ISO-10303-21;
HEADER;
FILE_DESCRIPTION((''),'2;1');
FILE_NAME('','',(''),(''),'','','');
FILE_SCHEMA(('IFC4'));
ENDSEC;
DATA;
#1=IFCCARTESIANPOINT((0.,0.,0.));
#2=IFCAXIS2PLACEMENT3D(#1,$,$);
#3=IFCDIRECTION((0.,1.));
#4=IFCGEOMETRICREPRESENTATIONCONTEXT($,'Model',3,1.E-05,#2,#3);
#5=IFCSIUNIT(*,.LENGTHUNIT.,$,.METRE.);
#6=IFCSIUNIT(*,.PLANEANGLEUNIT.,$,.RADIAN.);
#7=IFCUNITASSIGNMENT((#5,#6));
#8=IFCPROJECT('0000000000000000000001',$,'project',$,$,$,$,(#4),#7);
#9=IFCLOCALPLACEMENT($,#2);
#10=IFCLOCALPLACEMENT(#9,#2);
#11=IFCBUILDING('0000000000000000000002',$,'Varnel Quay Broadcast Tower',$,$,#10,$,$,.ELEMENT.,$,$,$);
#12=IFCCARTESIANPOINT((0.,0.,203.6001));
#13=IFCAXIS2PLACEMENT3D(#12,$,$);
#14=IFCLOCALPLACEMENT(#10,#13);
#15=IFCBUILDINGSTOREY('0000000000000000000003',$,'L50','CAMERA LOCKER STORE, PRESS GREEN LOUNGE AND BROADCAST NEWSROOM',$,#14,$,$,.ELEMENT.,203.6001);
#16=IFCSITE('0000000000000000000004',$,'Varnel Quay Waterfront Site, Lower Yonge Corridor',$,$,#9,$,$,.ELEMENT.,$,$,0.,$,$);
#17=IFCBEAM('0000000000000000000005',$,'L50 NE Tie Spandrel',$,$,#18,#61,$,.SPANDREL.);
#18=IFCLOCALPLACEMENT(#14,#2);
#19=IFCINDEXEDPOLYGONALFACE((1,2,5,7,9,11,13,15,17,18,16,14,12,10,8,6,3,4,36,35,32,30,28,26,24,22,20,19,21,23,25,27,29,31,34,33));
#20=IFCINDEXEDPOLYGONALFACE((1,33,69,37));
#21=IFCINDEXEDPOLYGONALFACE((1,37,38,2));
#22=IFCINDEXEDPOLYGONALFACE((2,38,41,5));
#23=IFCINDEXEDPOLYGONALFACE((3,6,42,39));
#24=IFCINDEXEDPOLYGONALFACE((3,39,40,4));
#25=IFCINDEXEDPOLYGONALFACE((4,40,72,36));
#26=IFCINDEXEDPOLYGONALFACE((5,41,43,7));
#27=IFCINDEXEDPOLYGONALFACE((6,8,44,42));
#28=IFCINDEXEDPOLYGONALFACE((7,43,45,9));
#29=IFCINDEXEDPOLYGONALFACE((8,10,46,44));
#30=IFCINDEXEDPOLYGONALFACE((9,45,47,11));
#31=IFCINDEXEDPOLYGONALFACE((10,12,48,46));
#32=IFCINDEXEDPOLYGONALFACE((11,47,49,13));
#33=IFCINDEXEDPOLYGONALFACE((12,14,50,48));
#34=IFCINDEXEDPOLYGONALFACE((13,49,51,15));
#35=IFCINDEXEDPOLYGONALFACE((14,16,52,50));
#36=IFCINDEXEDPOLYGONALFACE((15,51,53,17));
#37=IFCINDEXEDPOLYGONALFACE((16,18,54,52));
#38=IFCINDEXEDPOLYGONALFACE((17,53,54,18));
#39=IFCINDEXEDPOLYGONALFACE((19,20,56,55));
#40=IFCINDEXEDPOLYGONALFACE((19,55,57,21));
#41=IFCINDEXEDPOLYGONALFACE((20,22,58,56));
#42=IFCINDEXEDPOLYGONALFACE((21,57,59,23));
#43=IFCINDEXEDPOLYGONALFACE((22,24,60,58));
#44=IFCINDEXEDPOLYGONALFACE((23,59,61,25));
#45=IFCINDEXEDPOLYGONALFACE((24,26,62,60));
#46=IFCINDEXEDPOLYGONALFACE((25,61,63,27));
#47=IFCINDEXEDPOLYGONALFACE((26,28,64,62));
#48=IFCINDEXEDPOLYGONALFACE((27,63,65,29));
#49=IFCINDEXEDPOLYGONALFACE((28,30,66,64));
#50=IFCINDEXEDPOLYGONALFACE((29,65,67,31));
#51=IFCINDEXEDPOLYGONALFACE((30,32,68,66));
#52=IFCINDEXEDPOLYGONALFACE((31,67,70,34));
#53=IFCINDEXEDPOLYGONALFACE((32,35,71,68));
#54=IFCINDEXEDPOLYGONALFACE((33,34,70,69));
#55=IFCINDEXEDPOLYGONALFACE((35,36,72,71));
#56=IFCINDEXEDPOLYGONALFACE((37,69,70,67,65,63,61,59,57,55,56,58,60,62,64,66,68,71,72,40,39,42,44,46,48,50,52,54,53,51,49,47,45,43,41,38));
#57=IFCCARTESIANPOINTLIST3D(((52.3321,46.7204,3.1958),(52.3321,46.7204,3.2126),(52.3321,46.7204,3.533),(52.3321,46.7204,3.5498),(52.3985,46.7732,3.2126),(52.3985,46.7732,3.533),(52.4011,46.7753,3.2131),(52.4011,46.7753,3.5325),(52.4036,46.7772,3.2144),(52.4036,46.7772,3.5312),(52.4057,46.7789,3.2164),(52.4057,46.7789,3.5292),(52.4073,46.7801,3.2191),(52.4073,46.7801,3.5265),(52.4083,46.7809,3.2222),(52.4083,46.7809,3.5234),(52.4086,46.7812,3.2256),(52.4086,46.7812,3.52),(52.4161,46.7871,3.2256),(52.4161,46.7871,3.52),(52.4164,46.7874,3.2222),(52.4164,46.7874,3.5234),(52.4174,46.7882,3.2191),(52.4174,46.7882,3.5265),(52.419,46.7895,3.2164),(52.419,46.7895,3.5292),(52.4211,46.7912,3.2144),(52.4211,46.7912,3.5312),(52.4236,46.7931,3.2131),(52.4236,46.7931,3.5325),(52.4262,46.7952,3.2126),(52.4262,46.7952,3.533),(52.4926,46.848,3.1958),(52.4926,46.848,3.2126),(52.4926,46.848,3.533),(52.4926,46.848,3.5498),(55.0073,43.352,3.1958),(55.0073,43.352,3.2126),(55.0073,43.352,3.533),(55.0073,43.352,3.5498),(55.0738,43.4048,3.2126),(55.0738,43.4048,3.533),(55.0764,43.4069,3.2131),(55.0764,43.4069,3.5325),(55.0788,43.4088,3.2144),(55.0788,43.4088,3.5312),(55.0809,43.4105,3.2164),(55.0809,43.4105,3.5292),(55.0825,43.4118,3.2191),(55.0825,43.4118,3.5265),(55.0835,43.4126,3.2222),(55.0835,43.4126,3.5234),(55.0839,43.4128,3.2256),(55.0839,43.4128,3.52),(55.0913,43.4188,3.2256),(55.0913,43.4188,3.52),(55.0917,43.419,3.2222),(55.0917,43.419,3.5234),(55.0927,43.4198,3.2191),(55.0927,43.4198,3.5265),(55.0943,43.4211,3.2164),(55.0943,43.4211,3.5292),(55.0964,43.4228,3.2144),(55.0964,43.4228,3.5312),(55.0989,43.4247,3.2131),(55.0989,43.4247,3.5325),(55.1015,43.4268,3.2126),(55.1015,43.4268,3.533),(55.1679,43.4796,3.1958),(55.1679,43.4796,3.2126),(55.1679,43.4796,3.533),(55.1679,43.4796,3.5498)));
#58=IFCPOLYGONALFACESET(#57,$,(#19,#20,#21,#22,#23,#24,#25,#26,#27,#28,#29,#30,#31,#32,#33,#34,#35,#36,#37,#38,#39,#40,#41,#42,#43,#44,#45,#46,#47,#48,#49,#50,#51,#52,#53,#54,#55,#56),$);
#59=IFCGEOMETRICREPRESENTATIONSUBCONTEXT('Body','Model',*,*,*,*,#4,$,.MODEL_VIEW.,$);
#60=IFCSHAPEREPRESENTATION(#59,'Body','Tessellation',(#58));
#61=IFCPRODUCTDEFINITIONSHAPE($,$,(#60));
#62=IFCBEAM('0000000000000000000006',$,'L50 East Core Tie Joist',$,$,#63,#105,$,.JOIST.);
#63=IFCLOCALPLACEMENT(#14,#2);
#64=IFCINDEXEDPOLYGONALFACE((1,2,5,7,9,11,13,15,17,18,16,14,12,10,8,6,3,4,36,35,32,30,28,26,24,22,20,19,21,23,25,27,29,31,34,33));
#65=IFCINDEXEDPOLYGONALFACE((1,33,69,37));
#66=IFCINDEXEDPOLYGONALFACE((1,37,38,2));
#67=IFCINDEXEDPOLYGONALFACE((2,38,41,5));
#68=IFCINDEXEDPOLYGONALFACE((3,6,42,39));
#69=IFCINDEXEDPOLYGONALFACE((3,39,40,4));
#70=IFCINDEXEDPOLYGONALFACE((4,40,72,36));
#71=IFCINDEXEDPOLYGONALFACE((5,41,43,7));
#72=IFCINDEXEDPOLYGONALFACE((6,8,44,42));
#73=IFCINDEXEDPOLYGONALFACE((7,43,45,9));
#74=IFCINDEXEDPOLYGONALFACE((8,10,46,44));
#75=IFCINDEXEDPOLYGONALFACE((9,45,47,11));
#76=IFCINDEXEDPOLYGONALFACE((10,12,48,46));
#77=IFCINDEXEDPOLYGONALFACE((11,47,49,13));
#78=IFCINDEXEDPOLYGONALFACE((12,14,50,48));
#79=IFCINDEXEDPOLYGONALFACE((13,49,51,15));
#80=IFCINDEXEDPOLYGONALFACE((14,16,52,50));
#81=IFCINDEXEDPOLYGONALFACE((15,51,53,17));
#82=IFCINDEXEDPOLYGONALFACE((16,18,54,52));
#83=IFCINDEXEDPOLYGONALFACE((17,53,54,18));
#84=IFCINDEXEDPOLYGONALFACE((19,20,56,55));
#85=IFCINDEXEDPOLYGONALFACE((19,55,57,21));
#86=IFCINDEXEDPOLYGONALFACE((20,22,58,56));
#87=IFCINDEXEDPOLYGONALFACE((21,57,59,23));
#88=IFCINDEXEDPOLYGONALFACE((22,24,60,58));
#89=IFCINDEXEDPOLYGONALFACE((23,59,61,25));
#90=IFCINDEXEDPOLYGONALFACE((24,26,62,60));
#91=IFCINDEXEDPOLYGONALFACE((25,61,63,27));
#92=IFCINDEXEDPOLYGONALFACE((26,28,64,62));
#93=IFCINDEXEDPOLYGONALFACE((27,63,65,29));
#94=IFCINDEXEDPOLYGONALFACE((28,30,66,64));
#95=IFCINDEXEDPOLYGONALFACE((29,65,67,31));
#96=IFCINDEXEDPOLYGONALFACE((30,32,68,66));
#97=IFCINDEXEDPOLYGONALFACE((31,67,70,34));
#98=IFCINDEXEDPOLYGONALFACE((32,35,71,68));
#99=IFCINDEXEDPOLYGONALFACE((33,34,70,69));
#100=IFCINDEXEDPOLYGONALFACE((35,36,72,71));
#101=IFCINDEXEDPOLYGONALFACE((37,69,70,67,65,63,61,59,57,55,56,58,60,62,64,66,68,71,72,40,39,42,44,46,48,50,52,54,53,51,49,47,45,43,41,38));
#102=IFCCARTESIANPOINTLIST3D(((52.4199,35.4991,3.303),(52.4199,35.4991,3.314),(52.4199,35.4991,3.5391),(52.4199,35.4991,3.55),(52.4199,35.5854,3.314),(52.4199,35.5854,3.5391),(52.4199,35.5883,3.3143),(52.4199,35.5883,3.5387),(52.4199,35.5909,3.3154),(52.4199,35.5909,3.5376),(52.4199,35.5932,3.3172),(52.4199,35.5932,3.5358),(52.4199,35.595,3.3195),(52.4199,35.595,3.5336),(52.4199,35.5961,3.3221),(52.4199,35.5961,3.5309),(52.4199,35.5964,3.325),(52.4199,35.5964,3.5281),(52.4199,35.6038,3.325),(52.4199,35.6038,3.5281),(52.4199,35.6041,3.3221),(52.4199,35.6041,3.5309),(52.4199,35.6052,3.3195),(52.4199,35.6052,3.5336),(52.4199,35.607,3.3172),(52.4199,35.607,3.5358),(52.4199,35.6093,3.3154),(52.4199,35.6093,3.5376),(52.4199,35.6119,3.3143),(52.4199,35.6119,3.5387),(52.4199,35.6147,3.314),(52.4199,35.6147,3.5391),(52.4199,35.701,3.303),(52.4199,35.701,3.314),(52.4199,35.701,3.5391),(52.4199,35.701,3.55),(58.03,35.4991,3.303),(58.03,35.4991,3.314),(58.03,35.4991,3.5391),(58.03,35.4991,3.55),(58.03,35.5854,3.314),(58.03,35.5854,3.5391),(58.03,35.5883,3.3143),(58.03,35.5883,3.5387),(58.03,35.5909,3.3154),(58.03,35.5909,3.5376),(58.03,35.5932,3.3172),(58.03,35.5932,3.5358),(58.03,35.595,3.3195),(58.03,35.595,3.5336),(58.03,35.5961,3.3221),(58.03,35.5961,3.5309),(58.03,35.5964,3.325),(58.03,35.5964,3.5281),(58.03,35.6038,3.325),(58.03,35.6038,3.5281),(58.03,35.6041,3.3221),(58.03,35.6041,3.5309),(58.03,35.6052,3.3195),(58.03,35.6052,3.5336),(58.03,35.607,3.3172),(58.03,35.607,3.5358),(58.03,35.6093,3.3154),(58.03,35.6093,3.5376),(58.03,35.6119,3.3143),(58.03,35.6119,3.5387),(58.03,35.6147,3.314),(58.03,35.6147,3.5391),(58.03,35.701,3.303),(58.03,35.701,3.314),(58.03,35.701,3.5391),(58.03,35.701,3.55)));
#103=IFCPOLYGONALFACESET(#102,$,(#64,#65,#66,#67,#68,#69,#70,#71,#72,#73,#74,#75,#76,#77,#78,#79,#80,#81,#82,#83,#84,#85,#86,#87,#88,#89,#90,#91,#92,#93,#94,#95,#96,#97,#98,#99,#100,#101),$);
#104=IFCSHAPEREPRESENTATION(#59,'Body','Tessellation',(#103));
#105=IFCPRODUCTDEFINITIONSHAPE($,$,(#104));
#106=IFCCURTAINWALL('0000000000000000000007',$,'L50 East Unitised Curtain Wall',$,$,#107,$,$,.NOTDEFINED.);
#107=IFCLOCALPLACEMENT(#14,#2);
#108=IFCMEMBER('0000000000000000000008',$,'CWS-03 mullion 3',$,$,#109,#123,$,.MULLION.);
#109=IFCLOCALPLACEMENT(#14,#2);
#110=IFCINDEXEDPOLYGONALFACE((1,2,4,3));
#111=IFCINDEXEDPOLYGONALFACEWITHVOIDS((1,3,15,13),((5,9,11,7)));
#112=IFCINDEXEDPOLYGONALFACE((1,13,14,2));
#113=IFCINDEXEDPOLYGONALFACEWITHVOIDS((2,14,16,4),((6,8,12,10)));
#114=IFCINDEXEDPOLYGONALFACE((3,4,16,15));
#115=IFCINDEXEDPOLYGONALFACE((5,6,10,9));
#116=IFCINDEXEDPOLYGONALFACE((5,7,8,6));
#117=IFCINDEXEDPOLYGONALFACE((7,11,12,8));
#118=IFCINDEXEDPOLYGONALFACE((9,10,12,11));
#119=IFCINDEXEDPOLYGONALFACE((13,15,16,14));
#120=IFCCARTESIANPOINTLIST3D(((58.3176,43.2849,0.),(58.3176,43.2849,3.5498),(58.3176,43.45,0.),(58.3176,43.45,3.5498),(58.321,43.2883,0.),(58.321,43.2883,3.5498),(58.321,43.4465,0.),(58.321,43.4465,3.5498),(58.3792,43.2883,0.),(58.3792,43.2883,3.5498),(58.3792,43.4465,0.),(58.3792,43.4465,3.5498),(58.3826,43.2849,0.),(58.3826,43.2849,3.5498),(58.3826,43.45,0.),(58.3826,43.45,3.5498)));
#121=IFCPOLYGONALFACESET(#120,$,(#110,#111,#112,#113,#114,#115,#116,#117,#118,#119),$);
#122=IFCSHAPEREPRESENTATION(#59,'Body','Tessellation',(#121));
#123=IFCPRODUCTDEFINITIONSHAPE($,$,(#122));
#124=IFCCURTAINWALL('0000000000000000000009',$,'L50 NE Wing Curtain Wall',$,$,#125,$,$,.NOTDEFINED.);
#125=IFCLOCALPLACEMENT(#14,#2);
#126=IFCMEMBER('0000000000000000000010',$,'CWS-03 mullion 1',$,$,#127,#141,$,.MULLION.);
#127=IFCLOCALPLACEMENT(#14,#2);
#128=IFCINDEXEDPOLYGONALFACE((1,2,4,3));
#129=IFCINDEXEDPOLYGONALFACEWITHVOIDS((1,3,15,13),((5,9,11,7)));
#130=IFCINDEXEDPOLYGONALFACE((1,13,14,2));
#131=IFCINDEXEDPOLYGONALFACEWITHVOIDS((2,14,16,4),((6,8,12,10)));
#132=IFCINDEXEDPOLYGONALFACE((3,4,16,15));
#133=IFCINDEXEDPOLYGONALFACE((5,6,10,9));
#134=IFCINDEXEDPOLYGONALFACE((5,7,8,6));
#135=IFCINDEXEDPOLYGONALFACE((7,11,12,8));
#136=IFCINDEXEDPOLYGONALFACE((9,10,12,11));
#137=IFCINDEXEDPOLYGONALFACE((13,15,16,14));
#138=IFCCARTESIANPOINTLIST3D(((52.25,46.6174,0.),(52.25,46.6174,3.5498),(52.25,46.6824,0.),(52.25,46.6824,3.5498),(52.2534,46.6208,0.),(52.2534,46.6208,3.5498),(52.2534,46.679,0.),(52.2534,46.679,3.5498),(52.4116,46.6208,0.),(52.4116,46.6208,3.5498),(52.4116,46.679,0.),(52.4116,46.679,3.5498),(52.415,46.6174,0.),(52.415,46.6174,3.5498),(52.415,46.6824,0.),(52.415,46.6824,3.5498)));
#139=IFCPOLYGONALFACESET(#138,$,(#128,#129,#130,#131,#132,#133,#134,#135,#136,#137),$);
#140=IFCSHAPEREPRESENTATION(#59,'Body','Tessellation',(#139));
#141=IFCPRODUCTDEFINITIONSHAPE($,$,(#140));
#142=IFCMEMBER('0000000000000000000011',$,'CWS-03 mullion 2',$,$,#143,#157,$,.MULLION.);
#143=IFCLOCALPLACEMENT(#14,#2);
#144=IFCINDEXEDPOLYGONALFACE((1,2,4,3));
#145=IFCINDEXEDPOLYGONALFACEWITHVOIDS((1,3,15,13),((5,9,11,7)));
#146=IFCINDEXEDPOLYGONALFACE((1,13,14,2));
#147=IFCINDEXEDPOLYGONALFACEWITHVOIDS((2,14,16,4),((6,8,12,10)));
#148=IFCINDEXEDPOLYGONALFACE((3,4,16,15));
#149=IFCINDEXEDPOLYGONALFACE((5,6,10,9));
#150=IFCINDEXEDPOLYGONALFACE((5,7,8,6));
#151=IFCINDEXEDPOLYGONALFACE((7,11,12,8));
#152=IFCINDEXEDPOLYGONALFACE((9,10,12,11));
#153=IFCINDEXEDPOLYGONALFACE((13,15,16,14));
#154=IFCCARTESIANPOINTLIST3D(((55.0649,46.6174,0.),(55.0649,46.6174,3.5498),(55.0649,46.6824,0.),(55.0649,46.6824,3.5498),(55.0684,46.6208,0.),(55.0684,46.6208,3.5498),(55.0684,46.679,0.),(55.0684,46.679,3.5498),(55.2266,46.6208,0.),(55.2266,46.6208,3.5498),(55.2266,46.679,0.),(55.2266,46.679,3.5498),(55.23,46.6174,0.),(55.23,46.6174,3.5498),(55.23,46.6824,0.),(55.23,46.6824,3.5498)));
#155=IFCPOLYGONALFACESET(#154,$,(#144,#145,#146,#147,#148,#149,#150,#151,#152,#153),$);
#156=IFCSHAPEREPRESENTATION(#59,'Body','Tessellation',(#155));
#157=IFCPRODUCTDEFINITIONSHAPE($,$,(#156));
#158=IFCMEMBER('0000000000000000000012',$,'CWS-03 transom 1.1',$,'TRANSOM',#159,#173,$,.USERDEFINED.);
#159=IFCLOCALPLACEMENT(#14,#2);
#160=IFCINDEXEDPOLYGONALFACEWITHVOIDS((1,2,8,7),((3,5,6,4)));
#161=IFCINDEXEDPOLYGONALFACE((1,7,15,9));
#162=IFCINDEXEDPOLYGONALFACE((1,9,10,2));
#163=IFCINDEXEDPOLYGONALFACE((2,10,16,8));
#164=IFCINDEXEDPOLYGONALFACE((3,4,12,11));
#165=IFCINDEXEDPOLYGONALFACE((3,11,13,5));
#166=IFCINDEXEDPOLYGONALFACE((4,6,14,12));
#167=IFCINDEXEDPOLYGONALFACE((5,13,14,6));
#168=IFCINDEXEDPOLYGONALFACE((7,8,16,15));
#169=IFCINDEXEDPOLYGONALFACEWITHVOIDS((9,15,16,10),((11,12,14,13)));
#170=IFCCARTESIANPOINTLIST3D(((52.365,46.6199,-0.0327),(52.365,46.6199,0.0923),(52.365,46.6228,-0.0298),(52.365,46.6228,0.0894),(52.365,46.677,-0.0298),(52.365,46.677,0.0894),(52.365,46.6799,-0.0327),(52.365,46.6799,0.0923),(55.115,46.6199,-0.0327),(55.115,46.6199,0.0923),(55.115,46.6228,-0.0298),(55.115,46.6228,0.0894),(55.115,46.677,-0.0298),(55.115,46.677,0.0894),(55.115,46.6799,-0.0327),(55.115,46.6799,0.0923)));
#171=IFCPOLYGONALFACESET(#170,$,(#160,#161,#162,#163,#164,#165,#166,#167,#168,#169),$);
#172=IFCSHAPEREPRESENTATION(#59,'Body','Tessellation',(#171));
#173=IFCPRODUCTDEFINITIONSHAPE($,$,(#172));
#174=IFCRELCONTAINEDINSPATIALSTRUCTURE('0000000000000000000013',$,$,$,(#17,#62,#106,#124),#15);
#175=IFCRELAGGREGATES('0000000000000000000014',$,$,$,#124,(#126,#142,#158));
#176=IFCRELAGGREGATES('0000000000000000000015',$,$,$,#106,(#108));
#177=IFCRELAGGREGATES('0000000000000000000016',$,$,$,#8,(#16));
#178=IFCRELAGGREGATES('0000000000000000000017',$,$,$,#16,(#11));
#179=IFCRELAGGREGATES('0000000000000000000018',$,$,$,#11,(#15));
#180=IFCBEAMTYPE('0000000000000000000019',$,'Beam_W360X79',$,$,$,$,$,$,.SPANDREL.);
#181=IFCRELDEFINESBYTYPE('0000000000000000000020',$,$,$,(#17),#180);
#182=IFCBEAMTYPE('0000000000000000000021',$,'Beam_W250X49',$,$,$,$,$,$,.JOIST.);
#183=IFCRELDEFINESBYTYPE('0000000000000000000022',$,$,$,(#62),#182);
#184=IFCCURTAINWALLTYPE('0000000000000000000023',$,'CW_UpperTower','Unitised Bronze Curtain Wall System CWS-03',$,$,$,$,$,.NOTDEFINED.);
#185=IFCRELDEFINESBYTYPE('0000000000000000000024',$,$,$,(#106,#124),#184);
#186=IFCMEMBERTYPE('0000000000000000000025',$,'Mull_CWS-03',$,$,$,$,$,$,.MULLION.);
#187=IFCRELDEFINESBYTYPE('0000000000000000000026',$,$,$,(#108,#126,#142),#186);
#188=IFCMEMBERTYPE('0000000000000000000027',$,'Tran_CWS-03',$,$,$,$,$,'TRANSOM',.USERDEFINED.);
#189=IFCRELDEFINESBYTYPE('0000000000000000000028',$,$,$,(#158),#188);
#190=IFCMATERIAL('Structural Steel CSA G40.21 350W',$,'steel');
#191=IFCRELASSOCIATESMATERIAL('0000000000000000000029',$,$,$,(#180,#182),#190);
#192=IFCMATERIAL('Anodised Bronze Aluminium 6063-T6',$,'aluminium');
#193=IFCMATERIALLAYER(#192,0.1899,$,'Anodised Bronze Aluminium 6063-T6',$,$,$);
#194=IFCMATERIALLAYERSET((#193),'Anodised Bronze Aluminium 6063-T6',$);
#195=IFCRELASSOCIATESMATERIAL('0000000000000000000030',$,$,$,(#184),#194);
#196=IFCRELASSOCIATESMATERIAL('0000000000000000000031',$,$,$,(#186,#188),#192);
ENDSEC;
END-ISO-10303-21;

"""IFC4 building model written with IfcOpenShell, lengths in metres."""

from ifc_helpers import new_model, si_unit, direction, frame, origin, origin_2d, place, context, subcontext, project, spatial, hollow_rectangle, i_section, extrude, source, transform, mapped, material, layer, layer_set, material_profile, profile_set, type_object, type_shapes, element, aggregate, save


model = new_model("IFC4")

# Units and contexts
model_context = context("Model", 3, precision=1e-05, world=origin(), true_north=direction((0.0, 1.0)))
body_context = subcontext(model_context, "Body", "Model", "MODEL_VIEW")
ifc_project = project(units=[si_unit("LENGTHUNIT", "METRE"), si_unit("PLANEANGLEUNIT", "RADIAN")], contexts=[model_context])

# Site, building, storey
site_placement = place(None, origin())
site = spatial("IfcSite", under=ifc_project, at=site_placement, Name="Varnel Quay Waterfront Site, Lower Yonge Corridor", CompositionType="ELEMENT", RefElevation=0.0)
building_placement = place(site_placement, origin())
building = spatial("IfcBuilding", under=site, at=building_placement, Name="Varnel Quay Broadcast Tower", CompositionType="ELEMENT")
storey_placement = place(building_placement, frame((0.0, 0.0, 203.6001)))
storey = spatial("IfcBuildingStorey", under=building, at=storey_placement, Name="L50", Description="CAMERA LOCKER STORE, PRESS GREEN LOUNGE AND BROADCAST NEWSROOM", CompositionType="ELEMENT", Elevation=203.6001)

# Shared definitions
ifc_material_1 = material(Name="Structural Steel CSA G40.21 350W", Category="steel")

# Beams
ifc_material_profile_1 = material_profile(ifc_material_1, i_section(OverallWidth=0.2051, OverallDepth=0.354, WebThickness=0.0095, FlangeThickness=0.0168, FilletRadius=0.0129, at=origin_2d()), Name="W360X79")
ifc_profile_set_1 = profile_set([ifc_material_profile_1], Name="Structural Steel CSA G40.21 350W")
beam_type_1 = type_object("IfcBeamType", Name="Beam_W360X79", PredefinedType="SPANDREL", material=ifc_profile_set_1)
shared_shape_1 = source(origin(), body_context, "Body", "SweptSolid", [
    extrude(i_section(OverallWidth=0.2051, OverallDepth=0.354, WebThickness=0.0095, FlangeThickness=0.0168, FilletRadius=0.0129, at=origin_2d()), origin(), (0.0, 0.0, 1.0), 4.3015),
])
beam_1_placement = place(storey_placement, frame((52.4124, 46.7842, 3.3728), z_axis=(0.621936, -0.783068, 0.0), x_axis=(0.783068, 0.621936, 0.0)))
element("IfcBeam", 1, at=beam_1_placement, inside=storey, type_object=beam_type_1, Name="L50 NE Tie Spandrel", PredefinedType="SPANDREL", context=body_context, shape_type="MappedRepresentation", body=[
    mapped(shared_shape_1, transform((0.0, 0.0, 0.0), x_axis=(1.0, 0.0, 0.0), y_axis=(0.0, 1.0, 0.0), z_axis=(0.0, 0.0, 1.0), scale=1.0)),
])
ifc_material_profile_2 = material_profile(ifc_material_1, i_section(OverallWidth=0.2019, OverallDepth=0.2471, WebThickness=0.0073, FlangeThickness=0.011, FilletRadius=0.011, at=origin_2d()), Name="W250X49")
ifc_profile_set_2 = profile_set([ifc_material_profile_2], Name="Structural Steel CSA G40.21 350W")
beam_type_2 = type_object("IfcBeamType", Name="Beam_W250X49", PredefinedType="JOIST", material=ifc_profile_set_2)
shared_shape_2 = source(origin(), body_context, "Body", "SweptSolid", [
    extrude(i_section(OverallWidth=0.2019, OverallDepth=0.2471, WebThickness=0.0073, FlangeThickness=0.011, FilletRadius=0.011, at=origin_2d()), origin(), (0.0, 0.0, 1.0), 5.6101),
])
type_shapes(beam_type_2, [shared_shape_2])
beam_2_placement = place(storey_placement, frame((52.4199, 35.6001, 3.4265), z_axis=(1.0, 0.0, 0.0), x_axis=(0.0, 1.0, 0.0)))
element("IfcBeam", 2, at=beam_2_placement, inside=storey, type_object=beam_type_2, Name="L50 East Core Tie Joist", PredefinedType="JOIST", context=body_context, shape_type="MappedRepresentation", body=[
    mapped(shared_shape_2, transform((0.0, 0.0, 0.0), x_axis=(1.0, 0.0, 0.0), y_axis=(0.0, 1.0, 0.0), z_axis=(0.0, 0.0, 1.0), scale=1.0)),
])

# Curtain wall, member
ifc_material_2 = material(Name="Anodised Bronze Aluminium 6063-T6", Category="aluminium")
ifc_layer_1 = layer(ifc_material_2, 0.1899, Name="Anodised Bronze Aluminium 6063-T6")
ifc_layer_set_1 = layer_set([ifc_layer_1], Name="Anodised Bronze Aluminium 6063-T6")
curtain_wall_type = type_object("IfcCurtainWallType", Name="CW_UpperTower", Description="Unitised Bronze Curtain Wall System CWS-03", PredefinedType="NOTDEFINED", material=ifc_layer_set_1)
curtain_wall_1_placement = place(storey_placement, origin())
curtain_wall_1 = element("IfcCurtainWall", 3, at=curtain_wall_1_placement, inside=storey, type_object=curtain_wall_type, Name="L50 East Unitised Curtain Wall", PredefinedType="NOTDEFINED")
ifc_material_profile_3 = material_profile(ifc_material_2, hollow_rectangle(XDim=0.0649, YDim=0.165, WallThickness=0.0034, at=origin_2d()), Name="ALU65X165X3.5")
ifc_profile_set_3 = profile_set([ifc_material_profile_3], Name="Anodised Bronze Aluminium 6063-T6")
member_type_1 = type_object("IfcMemberType", Name="Mull_CWS-03", PredefinedType="MULLION", material=ifc_profile_set_3)
shared_shape_3 = source(origin(), body_context, "Body", "SweptSolid", [
    extrude(hollow_rectangle(XDim=0.0649, YDim=0.165, WallThickness=0.0034, at=origin_2d()), origin(), (0.0, 0.0, 1.0), 3.5498),
])
type_shapes(member_type_1, [shared_shape_3])
member_1_placement = place(storey_placement, frame((58.3501, 43.3674, 0.0), z_axis=(0.0, 0.0, 1.0), x_axis=(-1.0, 0.0, 0.0)))
member_1 = element("IfcMember", 4, at=member_1_placement, type_object=member_type_1, Name="CWS-03 mullion 3", PredefinedType="MULLION", context=body_context, shape_type="MappedRepresentation", body=[
    mapped(shared_shape_3, transform((0.0, 0.0, 0.0), x_axis=(1.0, 0.0, 0.0), y_axis=(0.0, 1.0, 0.0), z_axis=(0.0, 0.0, 1.0), scale=1.0)),
])

# Curtain wall, members
curtain_wall_2_placement = place(storey_placement, origin())
curtain_wall_2 = element("IfcCurtainWall", 5, at=curtain_wall_2_placement, inside=storey, type_object=curtain_wall_type, Name="L50 NE Wing Curtain Wall", PredefinedType="NOTDEFINED")
member_2_placement = place(storey_placement, frame((52.3325, 46.6499, 0.0), z_axis=(0.0, 0.0, 1.0), x_axis=(0.0, 1.0, 0.0)))
member_2 = element("IfcMember", 6, at=member_2_placement, type_object=member_type_1, Name="CWS-03 mullion 1", PredefinedType="MULLION", context=body_context, shape_type="MappedRepresentation", body=[
    mapped(shared_shape_3, transform((0.0, 0.0, 0.0), x_axis=(1.0, 0.0, 0.0), y_axis=(0.0, 1.0, 0.0), z_axis=(0.0, 0.0, 1.0), scale=1.0)),
])
member_3_placement = place(storey_placement, frame((55.1475, 46.6499, 0.0), z_axis=(0.0, 0.0, 1.0), x_axis=(0.0, 1.0, 0.0)))
member_3 = element("IfcMember", 7, at=member_3_placement, type_object=member_type_1, Name="CWS-03 mullion 2", PredefinedType="MULLION", context=body_context, shape_type="MappedRepresentation", body=[
    mapped(shared_shape_3, transform((0.0, 0.0, 0.0), x_axis=(1.0, 0.0, 0.0), y_axis=(0.0, 1.0, 0.0), z_axis=(0.0, 0.0, 1.0), scale=1.0)),
])
ifc_material_profile_4 = material_profile(ifc_material_2, hollow_rectangle(XDim=0.0601, YDim=0.125, WallThickness=0.0029, at=origin_2d()), Name="ALU60X125X3")
ifc_profile_set_4 = profile_set([ifc_material_profile_4], Name="Anodised Bronze Aluminium 6063-T6")
member_type_2 = type_object("IfcMemberType", Name="Tran_CWS-03", ElementType="TRANSOM", PredefinedType="USERDEFINED", material=ifc_profile_set_4)
shared_shape_4 = source(origin(), body_context, "Body", "SweptSolid", [
    extrude(hollow_rectangle(XDim=0.0601, YDim=0.125, WallThickness=0.0029, at=origin_2d()), origin(), (0.0, 0.0, 1.0), 2.75),
])
type_shapes(member_type_2, [shared_shape_4])
member_4_placement = place(storey_placement, frame((52.365, 46.6499, 0.0298), z_axis=(1.0, 0.0, 0.0), x_axis=(0.0, 1.0, 0.0)))
member_4 = element("IfcMember", 8, at=member_4_placement, type_object=member_type_2, Name="CWS-03 transom 1.1", ObjectType="TRANSOM", PredefinedType="USERDEFINED", context=body_context, shape_type="MappedRepresentation", body=[
    mapped(shared_shape_4, transform((0.0, 0.0, 0.0), x_axis=(1.0, 0.0, 0.0), y_axis=(0.0, 1.0, 0.0), z_axis=(0.0, 0.0, 1.0), scale=1.0)),
])
aggregate(curtain_wall_2, [member_2, member_3, member_4])

aggregate(curtain_wall_1, [member_1])

save(model, "model.ifc")
